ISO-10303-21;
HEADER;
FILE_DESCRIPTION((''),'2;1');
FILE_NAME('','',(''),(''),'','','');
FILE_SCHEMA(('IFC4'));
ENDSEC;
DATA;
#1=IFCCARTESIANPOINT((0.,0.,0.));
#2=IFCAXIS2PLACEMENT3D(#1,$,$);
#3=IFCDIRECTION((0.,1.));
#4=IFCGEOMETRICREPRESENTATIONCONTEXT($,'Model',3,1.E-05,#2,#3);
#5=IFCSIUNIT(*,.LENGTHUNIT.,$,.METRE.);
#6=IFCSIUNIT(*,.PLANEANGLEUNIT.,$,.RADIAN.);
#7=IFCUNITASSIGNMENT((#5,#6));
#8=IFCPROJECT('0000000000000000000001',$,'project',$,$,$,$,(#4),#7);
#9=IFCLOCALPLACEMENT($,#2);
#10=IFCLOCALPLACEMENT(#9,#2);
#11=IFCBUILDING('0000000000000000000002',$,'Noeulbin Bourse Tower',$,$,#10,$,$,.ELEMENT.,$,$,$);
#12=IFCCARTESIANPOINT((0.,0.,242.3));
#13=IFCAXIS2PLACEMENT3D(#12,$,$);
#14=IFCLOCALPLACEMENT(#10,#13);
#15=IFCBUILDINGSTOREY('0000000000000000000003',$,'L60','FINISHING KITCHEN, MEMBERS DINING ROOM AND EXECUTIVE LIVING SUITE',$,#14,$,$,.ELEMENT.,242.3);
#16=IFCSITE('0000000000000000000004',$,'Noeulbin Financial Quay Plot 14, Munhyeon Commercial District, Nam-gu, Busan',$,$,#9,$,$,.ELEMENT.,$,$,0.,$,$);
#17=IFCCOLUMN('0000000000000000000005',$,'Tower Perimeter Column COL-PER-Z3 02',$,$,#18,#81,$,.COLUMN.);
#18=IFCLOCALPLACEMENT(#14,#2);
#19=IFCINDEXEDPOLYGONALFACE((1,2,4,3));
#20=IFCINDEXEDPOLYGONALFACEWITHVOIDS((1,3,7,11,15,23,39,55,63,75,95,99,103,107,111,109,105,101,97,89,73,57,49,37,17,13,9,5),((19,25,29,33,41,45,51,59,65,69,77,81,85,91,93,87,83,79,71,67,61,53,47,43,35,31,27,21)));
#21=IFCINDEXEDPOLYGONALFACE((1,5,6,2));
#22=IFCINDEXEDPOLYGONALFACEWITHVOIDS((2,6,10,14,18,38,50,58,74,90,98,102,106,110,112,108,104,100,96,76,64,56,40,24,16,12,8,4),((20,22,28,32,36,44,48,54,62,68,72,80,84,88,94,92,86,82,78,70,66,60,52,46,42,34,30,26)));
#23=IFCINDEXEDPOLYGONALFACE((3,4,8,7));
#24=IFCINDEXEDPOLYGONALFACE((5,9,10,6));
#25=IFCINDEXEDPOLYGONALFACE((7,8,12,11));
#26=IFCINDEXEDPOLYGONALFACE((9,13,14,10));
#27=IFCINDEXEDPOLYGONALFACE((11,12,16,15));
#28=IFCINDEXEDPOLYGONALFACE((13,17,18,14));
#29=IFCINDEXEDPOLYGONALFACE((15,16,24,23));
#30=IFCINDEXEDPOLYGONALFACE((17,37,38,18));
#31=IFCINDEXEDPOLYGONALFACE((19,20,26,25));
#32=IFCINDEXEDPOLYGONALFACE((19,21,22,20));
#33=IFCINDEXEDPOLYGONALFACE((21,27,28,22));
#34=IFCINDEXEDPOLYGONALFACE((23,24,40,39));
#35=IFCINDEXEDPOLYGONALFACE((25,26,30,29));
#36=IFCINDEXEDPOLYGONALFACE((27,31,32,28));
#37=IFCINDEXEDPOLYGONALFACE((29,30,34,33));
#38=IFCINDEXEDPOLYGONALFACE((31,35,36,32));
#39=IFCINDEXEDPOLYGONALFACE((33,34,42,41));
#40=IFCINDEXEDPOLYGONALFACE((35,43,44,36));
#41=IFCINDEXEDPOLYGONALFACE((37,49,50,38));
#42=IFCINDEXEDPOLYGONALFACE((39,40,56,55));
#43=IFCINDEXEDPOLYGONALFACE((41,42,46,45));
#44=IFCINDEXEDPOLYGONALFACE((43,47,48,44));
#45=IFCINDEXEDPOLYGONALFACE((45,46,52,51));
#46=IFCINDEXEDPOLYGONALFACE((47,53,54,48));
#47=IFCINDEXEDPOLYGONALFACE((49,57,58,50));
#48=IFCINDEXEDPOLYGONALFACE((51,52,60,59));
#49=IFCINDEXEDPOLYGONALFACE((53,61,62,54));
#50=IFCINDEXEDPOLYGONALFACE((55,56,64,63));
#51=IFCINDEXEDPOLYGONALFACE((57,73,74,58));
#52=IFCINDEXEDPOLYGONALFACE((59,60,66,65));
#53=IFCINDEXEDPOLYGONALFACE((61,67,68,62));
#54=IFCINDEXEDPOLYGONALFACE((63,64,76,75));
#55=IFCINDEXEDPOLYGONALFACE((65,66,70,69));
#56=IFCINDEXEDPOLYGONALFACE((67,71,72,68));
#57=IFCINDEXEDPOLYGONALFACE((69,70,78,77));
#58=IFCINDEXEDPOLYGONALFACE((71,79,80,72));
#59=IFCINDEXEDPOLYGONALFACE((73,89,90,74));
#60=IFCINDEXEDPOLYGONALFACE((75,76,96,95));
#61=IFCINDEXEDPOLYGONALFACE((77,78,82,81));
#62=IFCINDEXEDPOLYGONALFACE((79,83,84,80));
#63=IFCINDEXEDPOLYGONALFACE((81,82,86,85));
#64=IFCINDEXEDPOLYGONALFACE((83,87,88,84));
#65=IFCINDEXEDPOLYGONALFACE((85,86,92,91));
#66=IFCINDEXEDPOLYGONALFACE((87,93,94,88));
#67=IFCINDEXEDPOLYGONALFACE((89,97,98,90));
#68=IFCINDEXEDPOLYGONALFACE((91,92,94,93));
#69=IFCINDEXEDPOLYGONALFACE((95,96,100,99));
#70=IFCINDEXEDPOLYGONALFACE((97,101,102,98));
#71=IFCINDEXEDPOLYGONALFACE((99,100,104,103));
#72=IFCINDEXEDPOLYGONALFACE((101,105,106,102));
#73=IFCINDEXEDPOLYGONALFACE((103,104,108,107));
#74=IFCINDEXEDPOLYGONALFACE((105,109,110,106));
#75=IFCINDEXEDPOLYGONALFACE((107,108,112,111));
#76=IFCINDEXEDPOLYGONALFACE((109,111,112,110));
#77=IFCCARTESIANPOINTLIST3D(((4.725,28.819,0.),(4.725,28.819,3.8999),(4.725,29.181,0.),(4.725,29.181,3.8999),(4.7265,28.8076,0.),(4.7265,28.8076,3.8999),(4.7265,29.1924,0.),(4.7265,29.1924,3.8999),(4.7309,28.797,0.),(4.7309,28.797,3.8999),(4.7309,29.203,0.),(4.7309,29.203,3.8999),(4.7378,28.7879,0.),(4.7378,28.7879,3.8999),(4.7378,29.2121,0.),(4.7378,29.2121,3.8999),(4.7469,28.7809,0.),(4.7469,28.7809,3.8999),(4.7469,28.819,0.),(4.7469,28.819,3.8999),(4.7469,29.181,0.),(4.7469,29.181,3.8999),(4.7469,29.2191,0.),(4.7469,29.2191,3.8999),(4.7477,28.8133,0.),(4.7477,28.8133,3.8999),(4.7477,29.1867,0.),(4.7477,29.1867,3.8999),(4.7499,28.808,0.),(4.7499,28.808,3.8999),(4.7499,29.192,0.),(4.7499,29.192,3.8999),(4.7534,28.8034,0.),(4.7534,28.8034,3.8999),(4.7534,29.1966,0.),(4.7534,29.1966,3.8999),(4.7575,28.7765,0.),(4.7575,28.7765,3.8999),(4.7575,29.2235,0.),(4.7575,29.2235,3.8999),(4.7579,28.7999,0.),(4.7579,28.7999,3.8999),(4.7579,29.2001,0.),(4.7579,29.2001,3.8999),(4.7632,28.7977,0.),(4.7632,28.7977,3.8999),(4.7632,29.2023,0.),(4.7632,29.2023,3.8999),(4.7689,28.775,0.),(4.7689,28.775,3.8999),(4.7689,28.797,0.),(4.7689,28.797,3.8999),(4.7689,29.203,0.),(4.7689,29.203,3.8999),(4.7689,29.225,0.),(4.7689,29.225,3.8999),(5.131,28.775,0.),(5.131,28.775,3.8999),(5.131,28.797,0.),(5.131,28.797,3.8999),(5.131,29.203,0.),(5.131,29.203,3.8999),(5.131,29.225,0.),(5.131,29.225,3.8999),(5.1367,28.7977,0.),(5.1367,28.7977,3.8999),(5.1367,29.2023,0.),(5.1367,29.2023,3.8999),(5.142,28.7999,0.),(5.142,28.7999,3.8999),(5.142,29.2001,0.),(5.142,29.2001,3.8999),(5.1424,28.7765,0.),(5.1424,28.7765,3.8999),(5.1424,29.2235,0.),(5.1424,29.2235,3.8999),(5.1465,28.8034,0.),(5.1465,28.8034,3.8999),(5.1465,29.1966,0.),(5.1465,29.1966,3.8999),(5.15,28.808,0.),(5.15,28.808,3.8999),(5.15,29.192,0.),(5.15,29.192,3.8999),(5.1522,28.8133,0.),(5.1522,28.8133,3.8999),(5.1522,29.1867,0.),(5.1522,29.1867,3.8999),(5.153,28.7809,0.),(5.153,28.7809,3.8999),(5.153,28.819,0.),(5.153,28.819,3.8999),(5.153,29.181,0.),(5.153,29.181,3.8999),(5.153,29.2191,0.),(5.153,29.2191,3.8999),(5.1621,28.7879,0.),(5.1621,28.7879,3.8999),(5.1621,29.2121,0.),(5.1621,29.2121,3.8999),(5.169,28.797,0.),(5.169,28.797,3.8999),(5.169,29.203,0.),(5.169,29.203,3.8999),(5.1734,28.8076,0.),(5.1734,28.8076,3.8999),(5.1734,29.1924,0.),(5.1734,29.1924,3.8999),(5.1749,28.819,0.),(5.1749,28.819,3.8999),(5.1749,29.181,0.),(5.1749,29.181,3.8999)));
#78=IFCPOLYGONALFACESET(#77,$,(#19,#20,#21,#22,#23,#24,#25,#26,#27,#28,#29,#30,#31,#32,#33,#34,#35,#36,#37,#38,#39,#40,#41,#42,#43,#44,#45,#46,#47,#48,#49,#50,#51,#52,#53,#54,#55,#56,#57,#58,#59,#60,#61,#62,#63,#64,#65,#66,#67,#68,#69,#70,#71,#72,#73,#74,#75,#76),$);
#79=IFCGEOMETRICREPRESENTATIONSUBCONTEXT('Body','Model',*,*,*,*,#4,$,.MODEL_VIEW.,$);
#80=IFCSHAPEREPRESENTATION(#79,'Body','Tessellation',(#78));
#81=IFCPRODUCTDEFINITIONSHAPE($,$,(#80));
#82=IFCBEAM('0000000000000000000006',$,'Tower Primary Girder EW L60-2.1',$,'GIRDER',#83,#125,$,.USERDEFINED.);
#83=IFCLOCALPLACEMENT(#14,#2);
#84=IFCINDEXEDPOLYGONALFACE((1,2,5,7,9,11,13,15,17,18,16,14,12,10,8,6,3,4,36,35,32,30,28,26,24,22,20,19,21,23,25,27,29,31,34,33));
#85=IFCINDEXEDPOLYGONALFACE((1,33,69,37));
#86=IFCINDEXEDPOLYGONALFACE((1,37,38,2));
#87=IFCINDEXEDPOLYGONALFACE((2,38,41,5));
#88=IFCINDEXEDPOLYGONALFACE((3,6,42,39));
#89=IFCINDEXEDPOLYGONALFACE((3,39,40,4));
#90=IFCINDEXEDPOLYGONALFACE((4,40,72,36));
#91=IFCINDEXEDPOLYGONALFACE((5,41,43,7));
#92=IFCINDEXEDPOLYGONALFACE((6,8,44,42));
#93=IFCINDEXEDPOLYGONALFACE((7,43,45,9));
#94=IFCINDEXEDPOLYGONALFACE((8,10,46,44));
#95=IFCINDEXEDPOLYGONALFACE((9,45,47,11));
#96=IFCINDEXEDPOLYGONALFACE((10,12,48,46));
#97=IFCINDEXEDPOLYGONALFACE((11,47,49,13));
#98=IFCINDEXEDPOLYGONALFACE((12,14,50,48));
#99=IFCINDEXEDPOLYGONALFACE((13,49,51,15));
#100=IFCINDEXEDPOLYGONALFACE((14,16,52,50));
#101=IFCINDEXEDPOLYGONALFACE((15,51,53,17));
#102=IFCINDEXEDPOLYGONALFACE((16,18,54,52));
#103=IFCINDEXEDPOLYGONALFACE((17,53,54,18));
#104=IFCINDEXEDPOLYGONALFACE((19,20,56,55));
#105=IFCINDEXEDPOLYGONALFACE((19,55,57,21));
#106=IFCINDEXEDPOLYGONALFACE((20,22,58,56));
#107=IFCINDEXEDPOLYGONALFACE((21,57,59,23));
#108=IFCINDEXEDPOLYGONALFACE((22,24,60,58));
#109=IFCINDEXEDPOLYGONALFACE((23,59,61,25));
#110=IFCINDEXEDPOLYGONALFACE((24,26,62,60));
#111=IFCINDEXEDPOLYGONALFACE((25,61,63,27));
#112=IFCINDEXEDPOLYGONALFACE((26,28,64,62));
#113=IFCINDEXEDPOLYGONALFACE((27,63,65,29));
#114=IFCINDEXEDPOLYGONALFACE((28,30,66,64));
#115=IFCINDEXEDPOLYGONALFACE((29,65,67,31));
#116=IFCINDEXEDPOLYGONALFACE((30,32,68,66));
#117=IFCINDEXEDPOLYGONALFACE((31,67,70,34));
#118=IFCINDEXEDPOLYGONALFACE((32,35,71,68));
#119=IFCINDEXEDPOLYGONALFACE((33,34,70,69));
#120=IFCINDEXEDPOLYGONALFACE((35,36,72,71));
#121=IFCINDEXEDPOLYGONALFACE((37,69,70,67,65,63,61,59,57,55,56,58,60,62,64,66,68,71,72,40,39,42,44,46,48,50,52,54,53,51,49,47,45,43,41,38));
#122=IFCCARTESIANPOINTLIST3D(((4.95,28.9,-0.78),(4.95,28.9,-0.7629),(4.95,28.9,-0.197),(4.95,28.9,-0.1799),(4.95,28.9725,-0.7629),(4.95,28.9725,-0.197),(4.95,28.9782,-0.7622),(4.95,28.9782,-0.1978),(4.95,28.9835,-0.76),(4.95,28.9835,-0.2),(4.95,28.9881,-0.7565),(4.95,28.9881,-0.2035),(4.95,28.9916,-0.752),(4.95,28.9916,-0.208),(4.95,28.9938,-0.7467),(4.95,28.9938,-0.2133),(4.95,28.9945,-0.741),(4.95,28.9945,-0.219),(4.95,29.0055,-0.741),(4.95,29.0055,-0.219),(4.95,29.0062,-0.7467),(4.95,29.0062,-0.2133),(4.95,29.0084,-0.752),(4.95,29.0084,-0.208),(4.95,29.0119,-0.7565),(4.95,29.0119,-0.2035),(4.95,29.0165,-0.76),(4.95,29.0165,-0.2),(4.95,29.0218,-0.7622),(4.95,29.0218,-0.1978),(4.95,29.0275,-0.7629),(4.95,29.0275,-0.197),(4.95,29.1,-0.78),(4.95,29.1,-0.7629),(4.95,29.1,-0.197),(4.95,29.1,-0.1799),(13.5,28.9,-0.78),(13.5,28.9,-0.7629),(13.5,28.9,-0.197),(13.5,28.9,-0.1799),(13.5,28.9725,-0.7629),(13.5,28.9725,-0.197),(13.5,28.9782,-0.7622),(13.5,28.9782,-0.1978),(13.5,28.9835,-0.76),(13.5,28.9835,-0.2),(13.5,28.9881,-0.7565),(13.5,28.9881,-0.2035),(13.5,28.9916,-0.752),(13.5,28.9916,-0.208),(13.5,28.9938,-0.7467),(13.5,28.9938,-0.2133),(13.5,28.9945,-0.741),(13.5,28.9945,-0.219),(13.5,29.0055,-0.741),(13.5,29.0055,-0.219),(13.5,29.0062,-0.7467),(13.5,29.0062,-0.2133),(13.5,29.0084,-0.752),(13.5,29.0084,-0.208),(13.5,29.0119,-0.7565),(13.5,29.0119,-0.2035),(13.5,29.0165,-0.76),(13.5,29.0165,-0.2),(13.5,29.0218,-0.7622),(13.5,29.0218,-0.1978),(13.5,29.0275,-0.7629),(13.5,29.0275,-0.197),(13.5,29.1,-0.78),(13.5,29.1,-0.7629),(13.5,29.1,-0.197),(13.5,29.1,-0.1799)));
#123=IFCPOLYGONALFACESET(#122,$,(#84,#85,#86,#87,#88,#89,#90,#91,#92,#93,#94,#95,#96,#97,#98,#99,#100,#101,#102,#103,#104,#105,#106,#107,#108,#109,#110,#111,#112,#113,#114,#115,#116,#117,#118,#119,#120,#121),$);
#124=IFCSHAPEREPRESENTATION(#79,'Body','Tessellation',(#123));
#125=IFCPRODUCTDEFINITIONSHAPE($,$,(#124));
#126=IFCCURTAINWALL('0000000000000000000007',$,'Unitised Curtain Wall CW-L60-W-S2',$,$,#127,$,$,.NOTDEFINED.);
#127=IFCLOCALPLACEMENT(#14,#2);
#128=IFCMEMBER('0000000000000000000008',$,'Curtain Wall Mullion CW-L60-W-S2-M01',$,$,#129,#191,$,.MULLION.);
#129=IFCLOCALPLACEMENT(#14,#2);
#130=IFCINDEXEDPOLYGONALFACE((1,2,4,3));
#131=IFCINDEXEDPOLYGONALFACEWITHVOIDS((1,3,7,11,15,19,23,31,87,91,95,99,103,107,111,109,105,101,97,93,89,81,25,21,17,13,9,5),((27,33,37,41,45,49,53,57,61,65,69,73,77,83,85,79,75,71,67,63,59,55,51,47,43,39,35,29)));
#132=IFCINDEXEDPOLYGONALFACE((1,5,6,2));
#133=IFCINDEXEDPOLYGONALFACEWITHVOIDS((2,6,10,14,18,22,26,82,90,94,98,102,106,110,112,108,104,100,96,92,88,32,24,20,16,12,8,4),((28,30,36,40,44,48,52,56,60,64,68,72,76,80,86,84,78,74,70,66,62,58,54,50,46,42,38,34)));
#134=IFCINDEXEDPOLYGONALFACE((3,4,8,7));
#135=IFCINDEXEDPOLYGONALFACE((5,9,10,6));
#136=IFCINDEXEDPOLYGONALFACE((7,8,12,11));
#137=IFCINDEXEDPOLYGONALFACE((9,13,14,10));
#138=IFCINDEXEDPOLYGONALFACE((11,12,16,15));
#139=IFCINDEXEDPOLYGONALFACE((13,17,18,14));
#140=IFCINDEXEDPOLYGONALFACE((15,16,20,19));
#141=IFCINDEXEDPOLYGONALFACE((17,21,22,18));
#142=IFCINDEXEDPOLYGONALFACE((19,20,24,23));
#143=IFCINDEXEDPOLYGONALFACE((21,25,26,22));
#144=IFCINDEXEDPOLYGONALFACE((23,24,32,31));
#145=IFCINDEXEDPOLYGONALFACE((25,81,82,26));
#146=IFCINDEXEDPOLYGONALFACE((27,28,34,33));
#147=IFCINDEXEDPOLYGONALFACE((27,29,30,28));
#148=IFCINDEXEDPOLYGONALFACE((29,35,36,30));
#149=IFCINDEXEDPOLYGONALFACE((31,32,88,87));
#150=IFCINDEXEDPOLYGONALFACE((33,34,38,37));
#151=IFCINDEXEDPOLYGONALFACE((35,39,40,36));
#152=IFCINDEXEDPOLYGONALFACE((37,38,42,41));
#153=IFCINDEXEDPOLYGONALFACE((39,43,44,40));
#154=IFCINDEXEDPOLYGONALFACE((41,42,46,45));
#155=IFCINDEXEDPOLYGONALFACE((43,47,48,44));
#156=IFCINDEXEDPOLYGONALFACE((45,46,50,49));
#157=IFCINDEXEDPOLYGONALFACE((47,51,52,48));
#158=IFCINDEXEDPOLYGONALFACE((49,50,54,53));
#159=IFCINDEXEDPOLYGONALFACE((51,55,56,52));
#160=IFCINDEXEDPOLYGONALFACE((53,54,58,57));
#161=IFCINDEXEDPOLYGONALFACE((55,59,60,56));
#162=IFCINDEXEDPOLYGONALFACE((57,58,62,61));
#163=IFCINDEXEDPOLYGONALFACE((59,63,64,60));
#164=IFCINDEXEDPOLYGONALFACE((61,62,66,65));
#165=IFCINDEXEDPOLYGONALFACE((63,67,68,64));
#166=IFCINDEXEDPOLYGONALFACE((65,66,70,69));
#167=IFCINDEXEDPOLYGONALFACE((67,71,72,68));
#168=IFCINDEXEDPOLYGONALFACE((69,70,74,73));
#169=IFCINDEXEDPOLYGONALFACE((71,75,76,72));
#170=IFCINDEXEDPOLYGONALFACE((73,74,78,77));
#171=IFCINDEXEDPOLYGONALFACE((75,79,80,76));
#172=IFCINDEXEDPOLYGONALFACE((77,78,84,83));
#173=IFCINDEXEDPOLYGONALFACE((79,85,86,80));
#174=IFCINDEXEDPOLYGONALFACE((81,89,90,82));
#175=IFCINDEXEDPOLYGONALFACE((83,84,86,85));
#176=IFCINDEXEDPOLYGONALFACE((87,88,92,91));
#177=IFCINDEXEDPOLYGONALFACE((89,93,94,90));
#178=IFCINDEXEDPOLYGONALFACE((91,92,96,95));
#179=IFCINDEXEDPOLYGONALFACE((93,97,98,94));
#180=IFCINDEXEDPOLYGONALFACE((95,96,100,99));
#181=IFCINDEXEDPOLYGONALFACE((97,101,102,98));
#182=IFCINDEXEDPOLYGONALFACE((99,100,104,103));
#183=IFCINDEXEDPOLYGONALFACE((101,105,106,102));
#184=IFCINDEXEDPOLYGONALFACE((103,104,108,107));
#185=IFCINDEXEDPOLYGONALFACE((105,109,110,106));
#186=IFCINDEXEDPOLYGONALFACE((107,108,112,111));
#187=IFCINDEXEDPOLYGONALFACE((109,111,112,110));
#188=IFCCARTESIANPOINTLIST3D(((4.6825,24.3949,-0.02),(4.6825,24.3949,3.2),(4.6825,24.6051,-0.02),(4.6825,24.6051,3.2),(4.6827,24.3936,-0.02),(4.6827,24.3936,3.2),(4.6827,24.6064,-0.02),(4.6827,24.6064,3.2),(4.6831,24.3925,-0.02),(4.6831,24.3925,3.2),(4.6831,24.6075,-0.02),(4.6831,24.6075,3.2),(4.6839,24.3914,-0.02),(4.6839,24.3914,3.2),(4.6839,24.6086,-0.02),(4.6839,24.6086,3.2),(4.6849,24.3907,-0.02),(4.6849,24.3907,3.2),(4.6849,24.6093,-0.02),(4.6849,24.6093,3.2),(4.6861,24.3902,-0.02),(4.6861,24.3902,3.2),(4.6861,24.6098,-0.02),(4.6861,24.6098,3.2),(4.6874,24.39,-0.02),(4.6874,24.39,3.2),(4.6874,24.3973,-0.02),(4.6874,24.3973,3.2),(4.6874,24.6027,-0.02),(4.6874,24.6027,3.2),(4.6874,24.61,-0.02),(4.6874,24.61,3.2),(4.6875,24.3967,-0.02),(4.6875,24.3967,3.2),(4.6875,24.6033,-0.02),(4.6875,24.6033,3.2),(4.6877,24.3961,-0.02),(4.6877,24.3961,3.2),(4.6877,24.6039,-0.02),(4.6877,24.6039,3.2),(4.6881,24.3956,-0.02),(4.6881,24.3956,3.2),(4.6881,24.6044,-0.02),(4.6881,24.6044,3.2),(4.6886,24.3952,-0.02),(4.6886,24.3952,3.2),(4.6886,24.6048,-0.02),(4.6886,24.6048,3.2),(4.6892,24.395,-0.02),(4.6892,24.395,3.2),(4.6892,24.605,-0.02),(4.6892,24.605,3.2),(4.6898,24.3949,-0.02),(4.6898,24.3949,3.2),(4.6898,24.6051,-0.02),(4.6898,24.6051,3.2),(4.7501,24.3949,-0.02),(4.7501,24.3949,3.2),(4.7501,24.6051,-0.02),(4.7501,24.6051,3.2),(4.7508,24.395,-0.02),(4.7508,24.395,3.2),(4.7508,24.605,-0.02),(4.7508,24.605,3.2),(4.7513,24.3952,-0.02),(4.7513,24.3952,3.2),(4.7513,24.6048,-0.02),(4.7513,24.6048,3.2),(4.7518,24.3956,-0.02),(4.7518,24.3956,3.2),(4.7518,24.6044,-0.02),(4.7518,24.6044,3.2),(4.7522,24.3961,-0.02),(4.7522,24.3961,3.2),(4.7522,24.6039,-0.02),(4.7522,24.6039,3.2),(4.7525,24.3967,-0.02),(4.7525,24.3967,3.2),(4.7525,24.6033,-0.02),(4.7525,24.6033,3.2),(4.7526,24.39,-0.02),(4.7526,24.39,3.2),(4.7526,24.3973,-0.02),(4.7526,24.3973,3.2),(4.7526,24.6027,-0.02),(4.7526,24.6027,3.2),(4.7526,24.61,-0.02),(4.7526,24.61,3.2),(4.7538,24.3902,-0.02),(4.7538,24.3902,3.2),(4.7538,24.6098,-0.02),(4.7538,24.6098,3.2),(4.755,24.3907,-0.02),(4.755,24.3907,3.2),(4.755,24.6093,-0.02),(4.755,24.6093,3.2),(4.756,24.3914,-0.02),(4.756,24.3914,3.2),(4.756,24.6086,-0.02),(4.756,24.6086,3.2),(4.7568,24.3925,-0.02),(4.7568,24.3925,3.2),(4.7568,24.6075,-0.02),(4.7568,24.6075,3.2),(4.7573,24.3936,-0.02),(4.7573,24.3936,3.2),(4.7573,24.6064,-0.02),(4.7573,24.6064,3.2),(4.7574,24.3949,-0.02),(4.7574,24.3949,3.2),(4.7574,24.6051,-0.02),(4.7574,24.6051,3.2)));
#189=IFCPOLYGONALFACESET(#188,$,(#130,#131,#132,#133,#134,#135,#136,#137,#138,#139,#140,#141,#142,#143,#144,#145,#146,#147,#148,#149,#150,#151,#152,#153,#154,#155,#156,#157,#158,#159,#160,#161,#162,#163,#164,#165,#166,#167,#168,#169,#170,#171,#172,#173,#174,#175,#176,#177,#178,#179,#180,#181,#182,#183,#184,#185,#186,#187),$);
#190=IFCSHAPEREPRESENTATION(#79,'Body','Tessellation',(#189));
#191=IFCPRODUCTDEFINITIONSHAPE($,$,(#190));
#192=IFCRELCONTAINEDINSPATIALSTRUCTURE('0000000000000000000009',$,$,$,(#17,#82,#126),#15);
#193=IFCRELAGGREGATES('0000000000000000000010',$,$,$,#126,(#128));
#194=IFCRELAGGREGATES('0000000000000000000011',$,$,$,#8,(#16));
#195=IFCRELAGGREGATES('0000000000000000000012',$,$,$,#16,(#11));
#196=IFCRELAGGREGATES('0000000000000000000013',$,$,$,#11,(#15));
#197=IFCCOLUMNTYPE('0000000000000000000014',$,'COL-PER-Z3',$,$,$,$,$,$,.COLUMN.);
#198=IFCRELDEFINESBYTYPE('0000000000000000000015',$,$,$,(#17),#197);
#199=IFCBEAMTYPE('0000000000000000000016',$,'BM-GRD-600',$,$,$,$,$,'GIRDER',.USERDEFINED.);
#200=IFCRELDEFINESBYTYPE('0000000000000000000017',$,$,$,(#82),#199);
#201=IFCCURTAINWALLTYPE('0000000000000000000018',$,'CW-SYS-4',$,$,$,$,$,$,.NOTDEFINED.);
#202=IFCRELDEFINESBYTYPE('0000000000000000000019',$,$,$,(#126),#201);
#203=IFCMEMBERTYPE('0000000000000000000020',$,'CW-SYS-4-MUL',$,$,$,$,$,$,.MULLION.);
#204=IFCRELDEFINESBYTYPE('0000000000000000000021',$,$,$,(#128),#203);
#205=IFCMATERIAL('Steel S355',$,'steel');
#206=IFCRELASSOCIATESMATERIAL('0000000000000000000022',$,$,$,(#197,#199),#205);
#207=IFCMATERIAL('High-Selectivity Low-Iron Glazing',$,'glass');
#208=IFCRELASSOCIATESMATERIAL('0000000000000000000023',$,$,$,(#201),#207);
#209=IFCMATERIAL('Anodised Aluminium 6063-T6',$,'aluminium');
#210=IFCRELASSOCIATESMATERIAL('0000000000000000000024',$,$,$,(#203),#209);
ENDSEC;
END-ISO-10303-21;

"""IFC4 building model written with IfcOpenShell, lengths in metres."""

from ifc_helpers import new_model, si_unit, direction, frame, origin, origin_2d, place, context, subcontext, project, spatial, hollow_rectangle, i_section, extrude, material, material_profile, profile_set, type_object, element, aggregate, save


model = new_model("IFC4")

# Units and contexts
model_context = context("Model", 3, precision=1e-05, world=origin(), true_north=direction((0.0, 1.0)))
body_context = subcontext(model_context, "Body", "Model", "MODEL_VIEW")
ifc_project = project(units=[si_unit("LENGTHUNIT", "METRE"), si_unit("PLANEANGLEUNIT", "RADIAN")], contexts=[model_context])

# Site, building, storey
site_placement = place(None, origin())
site = spatial("IfcSite", under=ifc_project, at=site_placement, Name="Noeulbin Financial Quay Plot 14, Munhyeon Commercial District, Nam-gu, Busan", CompositionType="ELEMENT", RefElevation=0.0)
building_placement = place(site_placement, origin())
building = spatial("IfcBuilding", under=site, at=building_placement, Name="Noeulbin Bourse Tower", CompositionType="ELEMENT")
storey_placement = place(building_placement, frame((0.0, 0.0, 242.3)))
storey = spatial("IfcBuildingStorey", under=building, at=storey_placement, Name="L60", Description="FINISHING KITCHEN, MEMBERS DINING ROOM AND EXECUTIVE LIVING SUITE", CompositionType="ELEMENT", Elevation=242.3)

# Column
ifc_material_1 = material(Name="Steel S355", Category="steel")
ifc_material_profile_1 = material_profile(ifc_material_1, hollow_rectangle(XDim=0.45, YDim=0.45, WallThickness=0.022, InnerFilletRadius=0.022, OuterFilletRadius=0.0439, at=origin_2d()), Name="SHS-450x450x22", Category="LoadBearing")
ifc_profile_set_1 = profile_set([ifc_material_profile_1], Name="Steel S355")
column_type = type_object("IfcColumnType", Name="COL-PER-Z3", PredefinedType="COLUMN", material=ifc_profile_set_1)
column_placement = place(storey_placement, frame((4.95, 29.0, 0.0), z_axis=(0.0, 0.0, 1.0), x_axis=(1.0, 0.0, 0.0)))
element("IfcColumn", 1, at=column_placement, inside=storey, type_object=column_type, Name="Tower Perimeter Column COL-PER-Z3 02", PredefinedType="COLUMN", context=body_context, shape_type="SweptSolid", body=[
    extrude(hollow_rectangle(XDim=0.45, YDim=0.45, WallThickness=0.022, InnerFilletRadius=0.022, OuterFilletRadius=0.0439, at=origin_2d()), origin(), (0.0, 0.0, 1.0), 3.8999),
])

# Beam
ifc_material_profile_2 = material_profile(ifc_material_1, i_section(OverallWidth=0.2, OverallDepth=0.6001, WebThickness=0.011, FlangeThickness=0.0171, FilletRadius=0.022, at=origin_2d()), Name="H-600x200x11x17", Category="LoadBearing")
ifc_profile_set_2 = profile_set([ifc_material_profile_2], Name="Steel S355")
beam_type = type_object("IfcBeamType", Name="BM-GRD-600", ElementType="GIRDER", PredefinedType="USERDEFINED", material=ifc_profile_set_2)
beam_placement = place(storey_placement, frame((4.95, 29.0, -0.48), z_axis=(1.0, 0.0, 0.0), x_axis=(0.0, 1.0, 0.0)))
element("IfcBeam", 2, at=beam_placement, inside=storey, type_object=beam_type, Name="Tower Primary Girder EW L60-2.1", ObjectType="GIRDER", PredefinedType="USERDEFINED", context=body_context, shape_type="SweptSolid", body=[
    extrude(i_section(OverallWidth=0.2, OverallDepth=0.6001, WebThickness=0.011, FlangeThickness=0.0171, FilletRadius=0.022, at=origin_2d()), origin(), (0.0, 0.0, 1.0), 8.55),
])

# Curtain wall, member
ifc_material_2 = material(Name="High-Selectivity Low-Iron Glazing", Category="glass")
curtain_wall_type = type_object("IfcCurtainWallType", Name="CW-SYS-4", PredefinedType="NOTDEFINED", material=ifc_material_2)
curtain_wall_1_placement = place(storey_placement, origin())
curtain_wall_1 = element("IfcCurtainWall", 3, at=curtain_wall_1_placement, inside=storey, type_object=curtain_wall_type, Name="Unitised Curtain Wall CW-L60-W-S2", PredefinedType="NOTDEFINED")
ifc_material_3 = material(Name="Anodised Aluminium 6063-T6", Category="aluminium")
ifc_material_profile_3 = material_profile(ifc_material_3, hollow_rectangle(XDim=0.075, YDim=0.22, WallThickness=0.0049, InnerFilletRadius=0.0024, OuterFilletRadius=0.0049, at=origin_2d()), Name="ALU-MULL-75x220x5", Category="LoadBearing")
ifc_profile_set_3 = profile_set([ifc_material_profile_3], Name="Anodised Aluminium 6063-T6")
member_type = type_object("IfcMemberType", Name="CW-SYS-4-MUL", PredefinedType="MULLION", material=ifc_profile_set_3)
member_1_placement = place(storey_placement, frame((4.72, 24.5, -0.02), z_axis=(0.0, 0.0, 1.0), x_axis=(1.0, 0.0, 0.0)))
member_1 = element("IfcMember", 4, at=member_1_placement, type_object=member_type, Name="Curtain Wall Mullion CW-L60-W-S2-M01", PredefinedType="MULLION", context=body_context, shape_type="SweptSolid", body=[
    extrude(hollow_rectangle(XDim=0.075, YDim=0.22, WallThickness=0.0049, InnerFilletRadius=0.0024, OuterFilletRadius=0.0049, at=origin_2d()), origin(), (0.0, 0.0, 1.0), 3.22),
])

aggregate(curtain_wall_1, [member_1])

save(model, "model.ifc")
